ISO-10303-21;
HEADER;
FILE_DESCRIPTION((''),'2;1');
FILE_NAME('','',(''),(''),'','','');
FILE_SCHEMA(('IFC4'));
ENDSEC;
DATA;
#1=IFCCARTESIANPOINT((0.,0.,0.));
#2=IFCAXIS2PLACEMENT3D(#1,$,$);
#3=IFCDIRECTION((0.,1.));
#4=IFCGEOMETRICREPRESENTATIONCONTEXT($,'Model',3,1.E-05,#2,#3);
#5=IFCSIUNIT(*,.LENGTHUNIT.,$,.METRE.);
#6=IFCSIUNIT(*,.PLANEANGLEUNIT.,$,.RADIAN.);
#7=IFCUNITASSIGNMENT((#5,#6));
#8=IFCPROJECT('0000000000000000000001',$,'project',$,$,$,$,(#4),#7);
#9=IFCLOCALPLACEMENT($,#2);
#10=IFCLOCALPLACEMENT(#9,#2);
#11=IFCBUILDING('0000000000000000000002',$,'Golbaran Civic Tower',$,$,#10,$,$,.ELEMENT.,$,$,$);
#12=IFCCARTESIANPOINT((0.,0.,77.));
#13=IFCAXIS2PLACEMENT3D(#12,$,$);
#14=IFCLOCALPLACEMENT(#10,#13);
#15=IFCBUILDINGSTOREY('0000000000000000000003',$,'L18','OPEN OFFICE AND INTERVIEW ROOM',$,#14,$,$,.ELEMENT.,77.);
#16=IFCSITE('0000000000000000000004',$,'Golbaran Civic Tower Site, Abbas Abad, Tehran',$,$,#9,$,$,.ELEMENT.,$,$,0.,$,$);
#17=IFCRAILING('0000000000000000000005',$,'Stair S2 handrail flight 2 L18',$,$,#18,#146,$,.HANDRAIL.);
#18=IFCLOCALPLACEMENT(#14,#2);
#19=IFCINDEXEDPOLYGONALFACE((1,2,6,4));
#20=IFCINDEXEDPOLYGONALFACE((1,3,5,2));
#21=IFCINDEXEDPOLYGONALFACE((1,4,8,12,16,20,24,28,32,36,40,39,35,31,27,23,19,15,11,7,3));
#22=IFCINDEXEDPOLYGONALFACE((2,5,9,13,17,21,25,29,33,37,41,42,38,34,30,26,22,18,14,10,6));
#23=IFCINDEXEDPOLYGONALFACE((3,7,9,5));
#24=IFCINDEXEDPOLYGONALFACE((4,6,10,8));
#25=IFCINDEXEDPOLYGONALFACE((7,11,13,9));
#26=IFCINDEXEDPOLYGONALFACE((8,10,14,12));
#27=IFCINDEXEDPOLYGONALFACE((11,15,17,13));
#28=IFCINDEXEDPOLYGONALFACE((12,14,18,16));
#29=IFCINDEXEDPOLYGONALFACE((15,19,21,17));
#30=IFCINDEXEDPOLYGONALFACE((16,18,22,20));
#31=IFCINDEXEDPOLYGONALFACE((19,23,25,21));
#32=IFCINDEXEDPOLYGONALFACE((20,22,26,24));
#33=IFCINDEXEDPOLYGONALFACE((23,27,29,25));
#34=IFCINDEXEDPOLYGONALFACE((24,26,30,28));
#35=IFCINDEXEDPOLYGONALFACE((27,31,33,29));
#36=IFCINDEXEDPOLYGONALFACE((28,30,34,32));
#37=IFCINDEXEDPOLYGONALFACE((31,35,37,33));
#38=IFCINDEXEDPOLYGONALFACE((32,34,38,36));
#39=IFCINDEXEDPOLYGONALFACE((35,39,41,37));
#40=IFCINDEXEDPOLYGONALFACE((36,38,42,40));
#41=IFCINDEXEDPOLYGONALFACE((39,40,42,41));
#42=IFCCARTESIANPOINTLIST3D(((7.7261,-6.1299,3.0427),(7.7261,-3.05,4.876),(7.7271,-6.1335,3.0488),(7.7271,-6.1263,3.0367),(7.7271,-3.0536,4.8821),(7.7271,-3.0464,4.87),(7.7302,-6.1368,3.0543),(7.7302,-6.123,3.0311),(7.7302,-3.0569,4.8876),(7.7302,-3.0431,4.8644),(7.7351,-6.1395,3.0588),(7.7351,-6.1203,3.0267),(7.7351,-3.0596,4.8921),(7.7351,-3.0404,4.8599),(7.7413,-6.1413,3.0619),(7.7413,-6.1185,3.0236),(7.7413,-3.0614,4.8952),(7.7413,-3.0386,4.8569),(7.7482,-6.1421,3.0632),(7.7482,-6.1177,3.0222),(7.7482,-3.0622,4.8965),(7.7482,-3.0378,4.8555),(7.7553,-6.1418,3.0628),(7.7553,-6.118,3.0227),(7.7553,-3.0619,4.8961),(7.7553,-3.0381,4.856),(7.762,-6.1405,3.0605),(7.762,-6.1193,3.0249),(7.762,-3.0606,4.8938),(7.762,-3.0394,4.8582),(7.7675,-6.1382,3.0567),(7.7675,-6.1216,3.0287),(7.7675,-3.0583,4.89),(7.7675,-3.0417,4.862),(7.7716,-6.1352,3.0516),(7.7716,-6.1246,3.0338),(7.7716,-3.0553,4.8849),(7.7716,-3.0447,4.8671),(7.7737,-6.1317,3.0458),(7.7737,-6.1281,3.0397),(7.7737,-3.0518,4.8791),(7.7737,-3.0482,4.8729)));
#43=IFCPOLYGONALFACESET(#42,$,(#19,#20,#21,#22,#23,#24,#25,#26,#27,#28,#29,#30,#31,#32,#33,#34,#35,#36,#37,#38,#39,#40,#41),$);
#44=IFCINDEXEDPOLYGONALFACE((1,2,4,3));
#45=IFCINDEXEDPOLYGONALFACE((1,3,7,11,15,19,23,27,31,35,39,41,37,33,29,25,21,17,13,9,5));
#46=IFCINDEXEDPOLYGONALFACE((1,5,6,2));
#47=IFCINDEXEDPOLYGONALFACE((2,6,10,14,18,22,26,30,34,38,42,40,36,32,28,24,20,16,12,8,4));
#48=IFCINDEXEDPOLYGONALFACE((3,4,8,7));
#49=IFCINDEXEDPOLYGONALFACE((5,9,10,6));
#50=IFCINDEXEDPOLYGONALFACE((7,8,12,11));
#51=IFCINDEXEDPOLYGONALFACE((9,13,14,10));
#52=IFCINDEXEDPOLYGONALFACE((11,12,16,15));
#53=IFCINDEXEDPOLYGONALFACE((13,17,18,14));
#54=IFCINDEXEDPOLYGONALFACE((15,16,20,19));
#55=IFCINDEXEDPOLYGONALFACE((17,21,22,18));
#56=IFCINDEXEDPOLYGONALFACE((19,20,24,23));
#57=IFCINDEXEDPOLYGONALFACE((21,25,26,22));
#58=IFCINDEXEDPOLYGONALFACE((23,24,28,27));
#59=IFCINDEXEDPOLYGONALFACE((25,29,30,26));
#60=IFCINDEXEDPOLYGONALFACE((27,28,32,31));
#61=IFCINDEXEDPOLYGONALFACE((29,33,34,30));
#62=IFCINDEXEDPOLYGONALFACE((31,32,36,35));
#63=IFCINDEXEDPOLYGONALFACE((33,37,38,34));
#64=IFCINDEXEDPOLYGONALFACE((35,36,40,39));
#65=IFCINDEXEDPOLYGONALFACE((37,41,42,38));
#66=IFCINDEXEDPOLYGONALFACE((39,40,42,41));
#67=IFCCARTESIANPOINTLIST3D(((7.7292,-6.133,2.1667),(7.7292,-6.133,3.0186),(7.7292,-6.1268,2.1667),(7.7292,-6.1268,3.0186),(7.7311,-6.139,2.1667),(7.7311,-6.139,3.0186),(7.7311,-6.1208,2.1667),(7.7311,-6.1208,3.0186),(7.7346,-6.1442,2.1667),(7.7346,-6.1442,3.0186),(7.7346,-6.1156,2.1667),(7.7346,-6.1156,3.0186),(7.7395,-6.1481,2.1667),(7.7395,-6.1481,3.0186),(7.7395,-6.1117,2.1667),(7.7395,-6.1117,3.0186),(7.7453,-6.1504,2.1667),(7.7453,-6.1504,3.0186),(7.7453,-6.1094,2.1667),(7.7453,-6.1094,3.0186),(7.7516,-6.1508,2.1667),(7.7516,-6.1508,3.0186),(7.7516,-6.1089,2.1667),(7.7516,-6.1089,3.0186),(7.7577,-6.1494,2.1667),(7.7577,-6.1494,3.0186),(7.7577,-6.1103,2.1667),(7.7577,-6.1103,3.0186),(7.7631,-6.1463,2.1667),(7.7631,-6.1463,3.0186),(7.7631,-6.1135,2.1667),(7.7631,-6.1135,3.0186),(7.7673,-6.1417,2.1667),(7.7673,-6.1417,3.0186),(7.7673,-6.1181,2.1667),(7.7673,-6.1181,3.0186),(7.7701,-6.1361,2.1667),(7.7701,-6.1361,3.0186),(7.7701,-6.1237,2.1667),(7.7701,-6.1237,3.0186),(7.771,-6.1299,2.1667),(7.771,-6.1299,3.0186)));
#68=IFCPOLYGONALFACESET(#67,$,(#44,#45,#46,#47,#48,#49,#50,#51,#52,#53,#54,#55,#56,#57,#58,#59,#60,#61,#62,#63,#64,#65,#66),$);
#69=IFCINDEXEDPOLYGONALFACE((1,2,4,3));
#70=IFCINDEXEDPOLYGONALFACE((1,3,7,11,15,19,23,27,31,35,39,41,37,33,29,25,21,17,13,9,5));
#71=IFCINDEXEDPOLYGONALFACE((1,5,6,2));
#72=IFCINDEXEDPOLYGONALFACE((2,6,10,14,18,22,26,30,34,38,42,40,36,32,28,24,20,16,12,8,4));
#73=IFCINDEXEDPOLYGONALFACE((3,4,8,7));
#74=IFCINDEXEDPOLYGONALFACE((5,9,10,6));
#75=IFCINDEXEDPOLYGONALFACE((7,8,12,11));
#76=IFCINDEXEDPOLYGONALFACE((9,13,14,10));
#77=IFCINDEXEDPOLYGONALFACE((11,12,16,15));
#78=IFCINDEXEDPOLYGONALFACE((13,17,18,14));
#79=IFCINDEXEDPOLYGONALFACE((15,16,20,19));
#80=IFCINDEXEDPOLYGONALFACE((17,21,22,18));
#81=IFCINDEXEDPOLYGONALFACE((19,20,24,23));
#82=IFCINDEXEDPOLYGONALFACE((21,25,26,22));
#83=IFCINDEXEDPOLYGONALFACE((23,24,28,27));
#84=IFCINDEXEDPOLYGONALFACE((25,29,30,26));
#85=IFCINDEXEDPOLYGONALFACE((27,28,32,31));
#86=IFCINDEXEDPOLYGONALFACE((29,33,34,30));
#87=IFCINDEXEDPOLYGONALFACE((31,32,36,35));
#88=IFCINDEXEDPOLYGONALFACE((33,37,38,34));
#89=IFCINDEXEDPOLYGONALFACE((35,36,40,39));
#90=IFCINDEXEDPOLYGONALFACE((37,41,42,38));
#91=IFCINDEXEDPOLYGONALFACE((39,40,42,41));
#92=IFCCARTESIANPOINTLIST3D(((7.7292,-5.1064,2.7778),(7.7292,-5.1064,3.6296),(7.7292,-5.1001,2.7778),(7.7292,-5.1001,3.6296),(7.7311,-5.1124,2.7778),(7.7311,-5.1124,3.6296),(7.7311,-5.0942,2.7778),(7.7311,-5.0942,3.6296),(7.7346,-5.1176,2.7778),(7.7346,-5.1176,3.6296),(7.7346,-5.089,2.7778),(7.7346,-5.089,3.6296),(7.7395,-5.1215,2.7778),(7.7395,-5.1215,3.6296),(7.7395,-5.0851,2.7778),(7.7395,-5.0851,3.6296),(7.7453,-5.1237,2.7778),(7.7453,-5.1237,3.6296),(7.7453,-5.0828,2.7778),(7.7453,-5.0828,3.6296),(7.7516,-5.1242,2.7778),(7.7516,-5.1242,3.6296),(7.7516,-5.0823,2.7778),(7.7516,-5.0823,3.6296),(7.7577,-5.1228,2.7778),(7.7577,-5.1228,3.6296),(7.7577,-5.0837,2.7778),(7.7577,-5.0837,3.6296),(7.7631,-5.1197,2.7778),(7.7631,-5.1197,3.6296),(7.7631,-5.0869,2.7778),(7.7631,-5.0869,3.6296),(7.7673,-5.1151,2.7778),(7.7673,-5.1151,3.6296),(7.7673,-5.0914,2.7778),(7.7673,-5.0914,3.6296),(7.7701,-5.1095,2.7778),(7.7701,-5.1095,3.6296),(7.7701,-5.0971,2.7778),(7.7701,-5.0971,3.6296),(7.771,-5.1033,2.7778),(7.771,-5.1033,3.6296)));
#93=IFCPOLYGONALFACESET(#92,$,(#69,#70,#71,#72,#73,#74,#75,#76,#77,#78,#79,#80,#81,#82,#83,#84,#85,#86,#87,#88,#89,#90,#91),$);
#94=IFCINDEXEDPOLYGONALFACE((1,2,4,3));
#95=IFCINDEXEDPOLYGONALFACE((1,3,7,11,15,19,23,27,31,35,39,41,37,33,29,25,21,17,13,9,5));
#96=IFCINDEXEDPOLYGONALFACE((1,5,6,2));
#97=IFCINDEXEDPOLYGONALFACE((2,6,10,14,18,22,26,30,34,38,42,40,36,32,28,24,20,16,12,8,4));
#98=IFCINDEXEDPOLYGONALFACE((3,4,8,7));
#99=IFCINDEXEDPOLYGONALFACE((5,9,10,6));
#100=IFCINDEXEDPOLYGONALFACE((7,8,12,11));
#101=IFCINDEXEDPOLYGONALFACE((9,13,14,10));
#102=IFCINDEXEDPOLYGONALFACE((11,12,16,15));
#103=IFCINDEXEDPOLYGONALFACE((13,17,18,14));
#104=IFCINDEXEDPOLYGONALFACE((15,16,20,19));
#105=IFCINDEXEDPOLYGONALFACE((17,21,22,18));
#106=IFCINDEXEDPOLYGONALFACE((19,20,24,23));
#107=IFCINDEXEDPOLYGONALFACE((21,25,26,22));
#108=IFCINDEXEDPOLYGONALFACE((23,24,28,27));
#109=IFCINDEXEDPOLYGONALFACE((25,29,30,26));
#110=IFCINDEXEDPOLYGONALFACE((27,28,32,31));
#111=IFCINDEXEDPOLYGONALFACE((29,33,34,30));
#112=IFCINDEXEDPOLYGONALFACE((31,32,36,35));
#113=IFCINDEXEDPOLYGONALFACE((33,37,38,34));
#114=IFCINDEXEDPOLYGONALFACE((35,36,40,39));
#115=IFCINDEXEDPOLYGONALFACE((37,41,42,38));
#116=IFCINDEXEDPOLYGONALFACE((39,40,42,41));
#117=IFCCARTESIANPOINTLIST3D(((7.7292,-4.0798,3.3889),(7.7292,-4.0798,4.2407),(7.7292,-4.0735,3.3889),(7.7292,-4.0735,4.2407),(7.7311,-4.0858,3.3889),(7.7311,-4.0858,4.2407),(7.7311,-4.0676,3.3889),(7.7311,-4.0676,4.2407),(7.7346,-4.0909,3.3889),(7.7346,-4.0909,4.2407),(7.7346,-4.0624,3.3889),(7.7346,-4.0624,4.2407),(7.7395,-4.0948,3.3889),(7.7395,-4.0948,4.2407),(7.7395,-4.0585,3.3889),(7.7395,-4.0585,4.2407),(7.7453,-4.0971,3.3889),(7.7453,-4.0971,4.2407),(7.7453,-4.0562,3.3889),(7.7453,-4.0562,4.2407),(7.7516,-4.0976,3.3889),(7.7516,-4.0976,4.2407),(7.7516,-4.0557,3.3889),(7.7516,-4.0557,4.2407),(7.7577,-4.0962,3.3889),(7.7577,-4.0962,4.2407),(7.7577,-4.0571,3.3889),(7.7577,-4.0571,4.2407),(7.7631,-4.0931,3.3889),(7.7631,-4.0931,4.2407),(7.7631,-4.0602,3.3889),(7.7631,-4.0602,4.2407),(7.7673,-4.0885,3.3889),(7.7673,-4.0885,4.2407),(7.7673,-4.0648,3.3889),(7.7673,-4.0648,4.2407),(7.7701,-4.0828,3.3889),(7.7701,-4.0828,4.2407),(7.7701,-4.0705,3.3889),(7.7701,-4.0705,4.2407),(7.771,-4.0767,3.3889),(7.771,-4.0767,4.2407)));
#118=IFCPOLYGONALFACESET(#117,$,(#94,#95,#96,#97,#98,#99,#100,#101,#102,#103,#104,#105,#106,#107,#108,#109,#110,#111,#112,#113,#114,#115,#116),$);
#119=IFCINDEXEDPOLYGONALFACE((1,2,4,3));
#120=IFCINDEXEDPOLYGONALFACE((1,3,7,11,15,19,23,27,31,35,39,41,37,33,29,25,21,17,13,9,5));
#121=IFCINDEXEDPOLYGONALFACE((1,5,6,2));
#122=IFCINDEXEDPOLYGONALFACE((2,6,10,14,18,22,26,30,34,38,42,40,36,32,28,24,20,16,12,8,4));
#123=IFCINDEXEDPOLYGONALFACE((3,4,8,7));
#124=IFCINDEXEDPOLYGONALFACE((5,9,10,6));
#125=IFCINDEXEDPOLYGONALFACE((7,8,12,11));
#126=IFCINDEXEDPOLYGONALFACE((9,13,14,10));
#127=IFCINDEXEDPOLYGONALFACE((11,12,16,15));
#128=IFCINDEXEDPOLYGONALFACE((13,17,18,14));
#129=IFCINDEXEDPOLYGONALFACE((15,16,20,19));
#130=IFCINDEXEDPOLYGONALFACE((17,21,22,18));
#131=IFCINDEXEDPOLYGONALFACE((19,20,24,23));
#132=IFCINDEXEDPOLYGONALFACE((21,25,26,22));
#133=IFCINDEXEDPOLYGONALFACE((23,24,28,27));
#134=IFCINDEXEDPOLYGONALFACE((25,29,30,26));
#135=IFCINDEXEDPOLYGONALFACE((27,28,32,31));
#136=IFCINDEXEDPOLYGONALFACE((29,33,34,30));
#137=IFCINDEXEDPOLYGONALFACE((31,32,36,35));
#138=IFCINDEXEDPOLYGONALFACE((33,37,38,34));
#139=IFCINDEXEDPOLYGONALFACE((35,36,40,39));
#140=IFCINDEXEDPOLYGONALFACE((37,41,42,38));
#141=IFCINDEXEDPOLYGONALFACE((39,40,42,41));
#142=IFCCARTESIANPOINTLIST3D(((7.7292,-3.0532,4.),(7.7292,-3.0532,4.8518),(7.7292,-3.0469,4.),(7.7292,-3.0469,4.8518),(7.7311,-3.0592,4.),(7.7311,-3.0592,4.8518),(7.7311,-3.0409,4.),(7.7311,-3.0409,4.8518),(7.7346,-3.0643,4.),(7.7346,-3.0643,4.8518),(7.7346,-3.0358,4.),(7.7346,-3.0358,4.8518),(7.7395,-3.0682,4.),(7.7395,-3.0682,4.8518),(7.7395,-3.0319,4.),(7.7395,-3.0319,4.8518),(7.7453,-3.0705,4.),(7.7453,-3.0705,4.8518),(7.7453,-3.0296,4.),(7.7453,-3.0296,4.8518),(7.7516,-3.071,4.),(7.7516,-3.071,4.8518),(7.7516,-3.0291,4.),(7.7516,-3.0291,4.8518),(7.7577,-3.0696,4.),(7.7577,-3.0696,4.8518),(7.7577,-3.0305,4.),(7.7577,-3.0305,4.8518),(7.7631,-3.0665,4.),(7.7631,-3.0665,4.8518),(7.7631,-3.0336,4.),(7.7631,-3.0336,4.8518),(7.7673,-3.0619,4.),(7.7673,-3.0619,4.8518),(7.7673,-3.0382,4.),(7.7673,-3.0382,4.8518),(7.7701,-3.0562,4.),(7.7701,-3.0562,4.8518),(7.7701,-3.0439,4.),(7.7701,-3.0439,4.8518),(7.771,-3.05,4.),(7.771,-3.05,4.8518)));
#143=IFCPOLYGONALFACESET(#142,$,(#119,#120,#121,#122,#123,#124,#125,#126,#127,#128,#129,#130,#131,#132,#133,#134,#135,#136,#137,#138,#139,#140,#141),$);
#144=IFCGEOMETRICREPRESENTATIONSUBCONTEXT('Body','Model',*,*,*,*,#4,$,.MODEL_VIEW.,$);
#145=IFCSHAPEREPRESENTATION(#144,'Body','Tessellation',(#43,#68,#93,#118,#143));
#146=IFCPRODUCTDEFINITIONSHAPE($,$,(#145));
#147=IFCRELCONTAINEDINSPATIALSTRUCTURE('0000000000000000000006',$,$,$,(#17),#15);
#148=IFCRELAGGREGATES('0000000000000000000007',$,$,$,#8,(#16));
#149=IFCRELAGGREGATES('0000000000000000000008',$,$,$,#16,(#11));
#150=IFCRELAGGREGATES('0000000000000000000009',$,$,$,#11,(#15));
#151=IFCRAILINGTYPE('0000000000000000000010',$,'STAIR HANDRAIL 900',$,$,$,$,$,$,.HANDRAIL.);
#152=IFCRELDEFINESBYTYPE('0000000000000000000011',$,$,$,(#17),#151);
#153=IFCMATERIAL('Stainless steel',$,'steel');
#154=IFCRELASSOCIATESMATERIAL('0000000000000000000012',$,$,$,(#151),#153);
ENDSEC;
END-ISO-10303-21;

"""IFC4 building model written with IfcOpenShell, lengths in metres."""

from ifc_helpers import new_model, si_unit, direction, frame, origin, origin_2d, place, context, subcontext, project, spatial, circle, extrude, material, type_object, element, save


model = new_model("IFC4")

# Units and contexts
model_context = context("Model", 3, precision=1e-05, world=origin(), true_north=direction((0.0, 1.0)))
body_context = subcontext(model_context, "Body", "Model", "MODEL_VIEW")
ifc_project = project(units=[si_unit("LENGTHUNIT", "METRE"), si_unit("PLANEANGLEUNIT", "RADIAN")], contexts=[model_context])

# Site, building, storey
site_placement = place(None, origin())
site = spatial("IfcSite", under=ifc_project, at=site_placement, Name="Golbaran Civic Tower Site, Abbas Abad, Tehran", CompositionType="ELEMENT", RefElevation=0.0)
building_placement = place(site_placement, origin())
building = spatial("IfcBuilding", under=site, at=building_placement, Name="Golbaran Civic Tower", CompositionType="ELEMENT")
storey_placement = place(building_placement, frame((0.0, 0.0, 77.0)))
storey = spatial("IfcBuildingStorey", under=building, at=storey_placement, Name="L18", Description="OPEN OFFICE AND INTERVIEW ROOM", CompositionType="ELEMENT", Elevation=77.0)

# Railing
ifc_material_1 = material(Name="Stainless steel", Category="steel")
railing_type = type_object("IfcRailingType", Name="STAIR HANDRAIL 900", PredefinedType="HANDRAIL", material=ifc_material_1)
railing_1_placement = place(storey_placement, frame((7.75, -6.1299, 2.1667)))
element("IfcRailing", 1, at=railing_1_placement, inside=storey, type_object=railing_type, Name="Stair S2 handrail flight 2 L18", PredefinedType="HANDRAIL", context=body_context, shape_type="SweptSolid", body=[
    extrude(circle(Radius=0.0239, at=origin_2d()), frame((0.0, 0.0, 0.876), z_axis=(0.0, 0.859291, 0.511487), x_axis=(-1.0, 0.0, 0.0)), (0.0, 0.0, 1.0), 3.5842),
    extrude(circle(Radius=0.021, at=origin_2d()), origin(), (0.0, 0.0, 1.0), 0.8518),
    extrude(circle(Radius=0.021, at=origin_2d()), frame((0.0, 1.0266, 0.6111)), (0.0, 0.0, 1.0), 0.8518),
    extrude(circle(Radius=0.021, at=origin_2d()), frame((0.0, 2.0532, 1.2222)), (0.0, 0.0, 1.0), 0.8518),
    extrude(circle(Radius=0.021, at=origin_2d()), frame((0.0, 3.0798, 1.8333)), (0.0, 0.0, 1.0), 0.8518),
])

save(model, "model.ifc")
